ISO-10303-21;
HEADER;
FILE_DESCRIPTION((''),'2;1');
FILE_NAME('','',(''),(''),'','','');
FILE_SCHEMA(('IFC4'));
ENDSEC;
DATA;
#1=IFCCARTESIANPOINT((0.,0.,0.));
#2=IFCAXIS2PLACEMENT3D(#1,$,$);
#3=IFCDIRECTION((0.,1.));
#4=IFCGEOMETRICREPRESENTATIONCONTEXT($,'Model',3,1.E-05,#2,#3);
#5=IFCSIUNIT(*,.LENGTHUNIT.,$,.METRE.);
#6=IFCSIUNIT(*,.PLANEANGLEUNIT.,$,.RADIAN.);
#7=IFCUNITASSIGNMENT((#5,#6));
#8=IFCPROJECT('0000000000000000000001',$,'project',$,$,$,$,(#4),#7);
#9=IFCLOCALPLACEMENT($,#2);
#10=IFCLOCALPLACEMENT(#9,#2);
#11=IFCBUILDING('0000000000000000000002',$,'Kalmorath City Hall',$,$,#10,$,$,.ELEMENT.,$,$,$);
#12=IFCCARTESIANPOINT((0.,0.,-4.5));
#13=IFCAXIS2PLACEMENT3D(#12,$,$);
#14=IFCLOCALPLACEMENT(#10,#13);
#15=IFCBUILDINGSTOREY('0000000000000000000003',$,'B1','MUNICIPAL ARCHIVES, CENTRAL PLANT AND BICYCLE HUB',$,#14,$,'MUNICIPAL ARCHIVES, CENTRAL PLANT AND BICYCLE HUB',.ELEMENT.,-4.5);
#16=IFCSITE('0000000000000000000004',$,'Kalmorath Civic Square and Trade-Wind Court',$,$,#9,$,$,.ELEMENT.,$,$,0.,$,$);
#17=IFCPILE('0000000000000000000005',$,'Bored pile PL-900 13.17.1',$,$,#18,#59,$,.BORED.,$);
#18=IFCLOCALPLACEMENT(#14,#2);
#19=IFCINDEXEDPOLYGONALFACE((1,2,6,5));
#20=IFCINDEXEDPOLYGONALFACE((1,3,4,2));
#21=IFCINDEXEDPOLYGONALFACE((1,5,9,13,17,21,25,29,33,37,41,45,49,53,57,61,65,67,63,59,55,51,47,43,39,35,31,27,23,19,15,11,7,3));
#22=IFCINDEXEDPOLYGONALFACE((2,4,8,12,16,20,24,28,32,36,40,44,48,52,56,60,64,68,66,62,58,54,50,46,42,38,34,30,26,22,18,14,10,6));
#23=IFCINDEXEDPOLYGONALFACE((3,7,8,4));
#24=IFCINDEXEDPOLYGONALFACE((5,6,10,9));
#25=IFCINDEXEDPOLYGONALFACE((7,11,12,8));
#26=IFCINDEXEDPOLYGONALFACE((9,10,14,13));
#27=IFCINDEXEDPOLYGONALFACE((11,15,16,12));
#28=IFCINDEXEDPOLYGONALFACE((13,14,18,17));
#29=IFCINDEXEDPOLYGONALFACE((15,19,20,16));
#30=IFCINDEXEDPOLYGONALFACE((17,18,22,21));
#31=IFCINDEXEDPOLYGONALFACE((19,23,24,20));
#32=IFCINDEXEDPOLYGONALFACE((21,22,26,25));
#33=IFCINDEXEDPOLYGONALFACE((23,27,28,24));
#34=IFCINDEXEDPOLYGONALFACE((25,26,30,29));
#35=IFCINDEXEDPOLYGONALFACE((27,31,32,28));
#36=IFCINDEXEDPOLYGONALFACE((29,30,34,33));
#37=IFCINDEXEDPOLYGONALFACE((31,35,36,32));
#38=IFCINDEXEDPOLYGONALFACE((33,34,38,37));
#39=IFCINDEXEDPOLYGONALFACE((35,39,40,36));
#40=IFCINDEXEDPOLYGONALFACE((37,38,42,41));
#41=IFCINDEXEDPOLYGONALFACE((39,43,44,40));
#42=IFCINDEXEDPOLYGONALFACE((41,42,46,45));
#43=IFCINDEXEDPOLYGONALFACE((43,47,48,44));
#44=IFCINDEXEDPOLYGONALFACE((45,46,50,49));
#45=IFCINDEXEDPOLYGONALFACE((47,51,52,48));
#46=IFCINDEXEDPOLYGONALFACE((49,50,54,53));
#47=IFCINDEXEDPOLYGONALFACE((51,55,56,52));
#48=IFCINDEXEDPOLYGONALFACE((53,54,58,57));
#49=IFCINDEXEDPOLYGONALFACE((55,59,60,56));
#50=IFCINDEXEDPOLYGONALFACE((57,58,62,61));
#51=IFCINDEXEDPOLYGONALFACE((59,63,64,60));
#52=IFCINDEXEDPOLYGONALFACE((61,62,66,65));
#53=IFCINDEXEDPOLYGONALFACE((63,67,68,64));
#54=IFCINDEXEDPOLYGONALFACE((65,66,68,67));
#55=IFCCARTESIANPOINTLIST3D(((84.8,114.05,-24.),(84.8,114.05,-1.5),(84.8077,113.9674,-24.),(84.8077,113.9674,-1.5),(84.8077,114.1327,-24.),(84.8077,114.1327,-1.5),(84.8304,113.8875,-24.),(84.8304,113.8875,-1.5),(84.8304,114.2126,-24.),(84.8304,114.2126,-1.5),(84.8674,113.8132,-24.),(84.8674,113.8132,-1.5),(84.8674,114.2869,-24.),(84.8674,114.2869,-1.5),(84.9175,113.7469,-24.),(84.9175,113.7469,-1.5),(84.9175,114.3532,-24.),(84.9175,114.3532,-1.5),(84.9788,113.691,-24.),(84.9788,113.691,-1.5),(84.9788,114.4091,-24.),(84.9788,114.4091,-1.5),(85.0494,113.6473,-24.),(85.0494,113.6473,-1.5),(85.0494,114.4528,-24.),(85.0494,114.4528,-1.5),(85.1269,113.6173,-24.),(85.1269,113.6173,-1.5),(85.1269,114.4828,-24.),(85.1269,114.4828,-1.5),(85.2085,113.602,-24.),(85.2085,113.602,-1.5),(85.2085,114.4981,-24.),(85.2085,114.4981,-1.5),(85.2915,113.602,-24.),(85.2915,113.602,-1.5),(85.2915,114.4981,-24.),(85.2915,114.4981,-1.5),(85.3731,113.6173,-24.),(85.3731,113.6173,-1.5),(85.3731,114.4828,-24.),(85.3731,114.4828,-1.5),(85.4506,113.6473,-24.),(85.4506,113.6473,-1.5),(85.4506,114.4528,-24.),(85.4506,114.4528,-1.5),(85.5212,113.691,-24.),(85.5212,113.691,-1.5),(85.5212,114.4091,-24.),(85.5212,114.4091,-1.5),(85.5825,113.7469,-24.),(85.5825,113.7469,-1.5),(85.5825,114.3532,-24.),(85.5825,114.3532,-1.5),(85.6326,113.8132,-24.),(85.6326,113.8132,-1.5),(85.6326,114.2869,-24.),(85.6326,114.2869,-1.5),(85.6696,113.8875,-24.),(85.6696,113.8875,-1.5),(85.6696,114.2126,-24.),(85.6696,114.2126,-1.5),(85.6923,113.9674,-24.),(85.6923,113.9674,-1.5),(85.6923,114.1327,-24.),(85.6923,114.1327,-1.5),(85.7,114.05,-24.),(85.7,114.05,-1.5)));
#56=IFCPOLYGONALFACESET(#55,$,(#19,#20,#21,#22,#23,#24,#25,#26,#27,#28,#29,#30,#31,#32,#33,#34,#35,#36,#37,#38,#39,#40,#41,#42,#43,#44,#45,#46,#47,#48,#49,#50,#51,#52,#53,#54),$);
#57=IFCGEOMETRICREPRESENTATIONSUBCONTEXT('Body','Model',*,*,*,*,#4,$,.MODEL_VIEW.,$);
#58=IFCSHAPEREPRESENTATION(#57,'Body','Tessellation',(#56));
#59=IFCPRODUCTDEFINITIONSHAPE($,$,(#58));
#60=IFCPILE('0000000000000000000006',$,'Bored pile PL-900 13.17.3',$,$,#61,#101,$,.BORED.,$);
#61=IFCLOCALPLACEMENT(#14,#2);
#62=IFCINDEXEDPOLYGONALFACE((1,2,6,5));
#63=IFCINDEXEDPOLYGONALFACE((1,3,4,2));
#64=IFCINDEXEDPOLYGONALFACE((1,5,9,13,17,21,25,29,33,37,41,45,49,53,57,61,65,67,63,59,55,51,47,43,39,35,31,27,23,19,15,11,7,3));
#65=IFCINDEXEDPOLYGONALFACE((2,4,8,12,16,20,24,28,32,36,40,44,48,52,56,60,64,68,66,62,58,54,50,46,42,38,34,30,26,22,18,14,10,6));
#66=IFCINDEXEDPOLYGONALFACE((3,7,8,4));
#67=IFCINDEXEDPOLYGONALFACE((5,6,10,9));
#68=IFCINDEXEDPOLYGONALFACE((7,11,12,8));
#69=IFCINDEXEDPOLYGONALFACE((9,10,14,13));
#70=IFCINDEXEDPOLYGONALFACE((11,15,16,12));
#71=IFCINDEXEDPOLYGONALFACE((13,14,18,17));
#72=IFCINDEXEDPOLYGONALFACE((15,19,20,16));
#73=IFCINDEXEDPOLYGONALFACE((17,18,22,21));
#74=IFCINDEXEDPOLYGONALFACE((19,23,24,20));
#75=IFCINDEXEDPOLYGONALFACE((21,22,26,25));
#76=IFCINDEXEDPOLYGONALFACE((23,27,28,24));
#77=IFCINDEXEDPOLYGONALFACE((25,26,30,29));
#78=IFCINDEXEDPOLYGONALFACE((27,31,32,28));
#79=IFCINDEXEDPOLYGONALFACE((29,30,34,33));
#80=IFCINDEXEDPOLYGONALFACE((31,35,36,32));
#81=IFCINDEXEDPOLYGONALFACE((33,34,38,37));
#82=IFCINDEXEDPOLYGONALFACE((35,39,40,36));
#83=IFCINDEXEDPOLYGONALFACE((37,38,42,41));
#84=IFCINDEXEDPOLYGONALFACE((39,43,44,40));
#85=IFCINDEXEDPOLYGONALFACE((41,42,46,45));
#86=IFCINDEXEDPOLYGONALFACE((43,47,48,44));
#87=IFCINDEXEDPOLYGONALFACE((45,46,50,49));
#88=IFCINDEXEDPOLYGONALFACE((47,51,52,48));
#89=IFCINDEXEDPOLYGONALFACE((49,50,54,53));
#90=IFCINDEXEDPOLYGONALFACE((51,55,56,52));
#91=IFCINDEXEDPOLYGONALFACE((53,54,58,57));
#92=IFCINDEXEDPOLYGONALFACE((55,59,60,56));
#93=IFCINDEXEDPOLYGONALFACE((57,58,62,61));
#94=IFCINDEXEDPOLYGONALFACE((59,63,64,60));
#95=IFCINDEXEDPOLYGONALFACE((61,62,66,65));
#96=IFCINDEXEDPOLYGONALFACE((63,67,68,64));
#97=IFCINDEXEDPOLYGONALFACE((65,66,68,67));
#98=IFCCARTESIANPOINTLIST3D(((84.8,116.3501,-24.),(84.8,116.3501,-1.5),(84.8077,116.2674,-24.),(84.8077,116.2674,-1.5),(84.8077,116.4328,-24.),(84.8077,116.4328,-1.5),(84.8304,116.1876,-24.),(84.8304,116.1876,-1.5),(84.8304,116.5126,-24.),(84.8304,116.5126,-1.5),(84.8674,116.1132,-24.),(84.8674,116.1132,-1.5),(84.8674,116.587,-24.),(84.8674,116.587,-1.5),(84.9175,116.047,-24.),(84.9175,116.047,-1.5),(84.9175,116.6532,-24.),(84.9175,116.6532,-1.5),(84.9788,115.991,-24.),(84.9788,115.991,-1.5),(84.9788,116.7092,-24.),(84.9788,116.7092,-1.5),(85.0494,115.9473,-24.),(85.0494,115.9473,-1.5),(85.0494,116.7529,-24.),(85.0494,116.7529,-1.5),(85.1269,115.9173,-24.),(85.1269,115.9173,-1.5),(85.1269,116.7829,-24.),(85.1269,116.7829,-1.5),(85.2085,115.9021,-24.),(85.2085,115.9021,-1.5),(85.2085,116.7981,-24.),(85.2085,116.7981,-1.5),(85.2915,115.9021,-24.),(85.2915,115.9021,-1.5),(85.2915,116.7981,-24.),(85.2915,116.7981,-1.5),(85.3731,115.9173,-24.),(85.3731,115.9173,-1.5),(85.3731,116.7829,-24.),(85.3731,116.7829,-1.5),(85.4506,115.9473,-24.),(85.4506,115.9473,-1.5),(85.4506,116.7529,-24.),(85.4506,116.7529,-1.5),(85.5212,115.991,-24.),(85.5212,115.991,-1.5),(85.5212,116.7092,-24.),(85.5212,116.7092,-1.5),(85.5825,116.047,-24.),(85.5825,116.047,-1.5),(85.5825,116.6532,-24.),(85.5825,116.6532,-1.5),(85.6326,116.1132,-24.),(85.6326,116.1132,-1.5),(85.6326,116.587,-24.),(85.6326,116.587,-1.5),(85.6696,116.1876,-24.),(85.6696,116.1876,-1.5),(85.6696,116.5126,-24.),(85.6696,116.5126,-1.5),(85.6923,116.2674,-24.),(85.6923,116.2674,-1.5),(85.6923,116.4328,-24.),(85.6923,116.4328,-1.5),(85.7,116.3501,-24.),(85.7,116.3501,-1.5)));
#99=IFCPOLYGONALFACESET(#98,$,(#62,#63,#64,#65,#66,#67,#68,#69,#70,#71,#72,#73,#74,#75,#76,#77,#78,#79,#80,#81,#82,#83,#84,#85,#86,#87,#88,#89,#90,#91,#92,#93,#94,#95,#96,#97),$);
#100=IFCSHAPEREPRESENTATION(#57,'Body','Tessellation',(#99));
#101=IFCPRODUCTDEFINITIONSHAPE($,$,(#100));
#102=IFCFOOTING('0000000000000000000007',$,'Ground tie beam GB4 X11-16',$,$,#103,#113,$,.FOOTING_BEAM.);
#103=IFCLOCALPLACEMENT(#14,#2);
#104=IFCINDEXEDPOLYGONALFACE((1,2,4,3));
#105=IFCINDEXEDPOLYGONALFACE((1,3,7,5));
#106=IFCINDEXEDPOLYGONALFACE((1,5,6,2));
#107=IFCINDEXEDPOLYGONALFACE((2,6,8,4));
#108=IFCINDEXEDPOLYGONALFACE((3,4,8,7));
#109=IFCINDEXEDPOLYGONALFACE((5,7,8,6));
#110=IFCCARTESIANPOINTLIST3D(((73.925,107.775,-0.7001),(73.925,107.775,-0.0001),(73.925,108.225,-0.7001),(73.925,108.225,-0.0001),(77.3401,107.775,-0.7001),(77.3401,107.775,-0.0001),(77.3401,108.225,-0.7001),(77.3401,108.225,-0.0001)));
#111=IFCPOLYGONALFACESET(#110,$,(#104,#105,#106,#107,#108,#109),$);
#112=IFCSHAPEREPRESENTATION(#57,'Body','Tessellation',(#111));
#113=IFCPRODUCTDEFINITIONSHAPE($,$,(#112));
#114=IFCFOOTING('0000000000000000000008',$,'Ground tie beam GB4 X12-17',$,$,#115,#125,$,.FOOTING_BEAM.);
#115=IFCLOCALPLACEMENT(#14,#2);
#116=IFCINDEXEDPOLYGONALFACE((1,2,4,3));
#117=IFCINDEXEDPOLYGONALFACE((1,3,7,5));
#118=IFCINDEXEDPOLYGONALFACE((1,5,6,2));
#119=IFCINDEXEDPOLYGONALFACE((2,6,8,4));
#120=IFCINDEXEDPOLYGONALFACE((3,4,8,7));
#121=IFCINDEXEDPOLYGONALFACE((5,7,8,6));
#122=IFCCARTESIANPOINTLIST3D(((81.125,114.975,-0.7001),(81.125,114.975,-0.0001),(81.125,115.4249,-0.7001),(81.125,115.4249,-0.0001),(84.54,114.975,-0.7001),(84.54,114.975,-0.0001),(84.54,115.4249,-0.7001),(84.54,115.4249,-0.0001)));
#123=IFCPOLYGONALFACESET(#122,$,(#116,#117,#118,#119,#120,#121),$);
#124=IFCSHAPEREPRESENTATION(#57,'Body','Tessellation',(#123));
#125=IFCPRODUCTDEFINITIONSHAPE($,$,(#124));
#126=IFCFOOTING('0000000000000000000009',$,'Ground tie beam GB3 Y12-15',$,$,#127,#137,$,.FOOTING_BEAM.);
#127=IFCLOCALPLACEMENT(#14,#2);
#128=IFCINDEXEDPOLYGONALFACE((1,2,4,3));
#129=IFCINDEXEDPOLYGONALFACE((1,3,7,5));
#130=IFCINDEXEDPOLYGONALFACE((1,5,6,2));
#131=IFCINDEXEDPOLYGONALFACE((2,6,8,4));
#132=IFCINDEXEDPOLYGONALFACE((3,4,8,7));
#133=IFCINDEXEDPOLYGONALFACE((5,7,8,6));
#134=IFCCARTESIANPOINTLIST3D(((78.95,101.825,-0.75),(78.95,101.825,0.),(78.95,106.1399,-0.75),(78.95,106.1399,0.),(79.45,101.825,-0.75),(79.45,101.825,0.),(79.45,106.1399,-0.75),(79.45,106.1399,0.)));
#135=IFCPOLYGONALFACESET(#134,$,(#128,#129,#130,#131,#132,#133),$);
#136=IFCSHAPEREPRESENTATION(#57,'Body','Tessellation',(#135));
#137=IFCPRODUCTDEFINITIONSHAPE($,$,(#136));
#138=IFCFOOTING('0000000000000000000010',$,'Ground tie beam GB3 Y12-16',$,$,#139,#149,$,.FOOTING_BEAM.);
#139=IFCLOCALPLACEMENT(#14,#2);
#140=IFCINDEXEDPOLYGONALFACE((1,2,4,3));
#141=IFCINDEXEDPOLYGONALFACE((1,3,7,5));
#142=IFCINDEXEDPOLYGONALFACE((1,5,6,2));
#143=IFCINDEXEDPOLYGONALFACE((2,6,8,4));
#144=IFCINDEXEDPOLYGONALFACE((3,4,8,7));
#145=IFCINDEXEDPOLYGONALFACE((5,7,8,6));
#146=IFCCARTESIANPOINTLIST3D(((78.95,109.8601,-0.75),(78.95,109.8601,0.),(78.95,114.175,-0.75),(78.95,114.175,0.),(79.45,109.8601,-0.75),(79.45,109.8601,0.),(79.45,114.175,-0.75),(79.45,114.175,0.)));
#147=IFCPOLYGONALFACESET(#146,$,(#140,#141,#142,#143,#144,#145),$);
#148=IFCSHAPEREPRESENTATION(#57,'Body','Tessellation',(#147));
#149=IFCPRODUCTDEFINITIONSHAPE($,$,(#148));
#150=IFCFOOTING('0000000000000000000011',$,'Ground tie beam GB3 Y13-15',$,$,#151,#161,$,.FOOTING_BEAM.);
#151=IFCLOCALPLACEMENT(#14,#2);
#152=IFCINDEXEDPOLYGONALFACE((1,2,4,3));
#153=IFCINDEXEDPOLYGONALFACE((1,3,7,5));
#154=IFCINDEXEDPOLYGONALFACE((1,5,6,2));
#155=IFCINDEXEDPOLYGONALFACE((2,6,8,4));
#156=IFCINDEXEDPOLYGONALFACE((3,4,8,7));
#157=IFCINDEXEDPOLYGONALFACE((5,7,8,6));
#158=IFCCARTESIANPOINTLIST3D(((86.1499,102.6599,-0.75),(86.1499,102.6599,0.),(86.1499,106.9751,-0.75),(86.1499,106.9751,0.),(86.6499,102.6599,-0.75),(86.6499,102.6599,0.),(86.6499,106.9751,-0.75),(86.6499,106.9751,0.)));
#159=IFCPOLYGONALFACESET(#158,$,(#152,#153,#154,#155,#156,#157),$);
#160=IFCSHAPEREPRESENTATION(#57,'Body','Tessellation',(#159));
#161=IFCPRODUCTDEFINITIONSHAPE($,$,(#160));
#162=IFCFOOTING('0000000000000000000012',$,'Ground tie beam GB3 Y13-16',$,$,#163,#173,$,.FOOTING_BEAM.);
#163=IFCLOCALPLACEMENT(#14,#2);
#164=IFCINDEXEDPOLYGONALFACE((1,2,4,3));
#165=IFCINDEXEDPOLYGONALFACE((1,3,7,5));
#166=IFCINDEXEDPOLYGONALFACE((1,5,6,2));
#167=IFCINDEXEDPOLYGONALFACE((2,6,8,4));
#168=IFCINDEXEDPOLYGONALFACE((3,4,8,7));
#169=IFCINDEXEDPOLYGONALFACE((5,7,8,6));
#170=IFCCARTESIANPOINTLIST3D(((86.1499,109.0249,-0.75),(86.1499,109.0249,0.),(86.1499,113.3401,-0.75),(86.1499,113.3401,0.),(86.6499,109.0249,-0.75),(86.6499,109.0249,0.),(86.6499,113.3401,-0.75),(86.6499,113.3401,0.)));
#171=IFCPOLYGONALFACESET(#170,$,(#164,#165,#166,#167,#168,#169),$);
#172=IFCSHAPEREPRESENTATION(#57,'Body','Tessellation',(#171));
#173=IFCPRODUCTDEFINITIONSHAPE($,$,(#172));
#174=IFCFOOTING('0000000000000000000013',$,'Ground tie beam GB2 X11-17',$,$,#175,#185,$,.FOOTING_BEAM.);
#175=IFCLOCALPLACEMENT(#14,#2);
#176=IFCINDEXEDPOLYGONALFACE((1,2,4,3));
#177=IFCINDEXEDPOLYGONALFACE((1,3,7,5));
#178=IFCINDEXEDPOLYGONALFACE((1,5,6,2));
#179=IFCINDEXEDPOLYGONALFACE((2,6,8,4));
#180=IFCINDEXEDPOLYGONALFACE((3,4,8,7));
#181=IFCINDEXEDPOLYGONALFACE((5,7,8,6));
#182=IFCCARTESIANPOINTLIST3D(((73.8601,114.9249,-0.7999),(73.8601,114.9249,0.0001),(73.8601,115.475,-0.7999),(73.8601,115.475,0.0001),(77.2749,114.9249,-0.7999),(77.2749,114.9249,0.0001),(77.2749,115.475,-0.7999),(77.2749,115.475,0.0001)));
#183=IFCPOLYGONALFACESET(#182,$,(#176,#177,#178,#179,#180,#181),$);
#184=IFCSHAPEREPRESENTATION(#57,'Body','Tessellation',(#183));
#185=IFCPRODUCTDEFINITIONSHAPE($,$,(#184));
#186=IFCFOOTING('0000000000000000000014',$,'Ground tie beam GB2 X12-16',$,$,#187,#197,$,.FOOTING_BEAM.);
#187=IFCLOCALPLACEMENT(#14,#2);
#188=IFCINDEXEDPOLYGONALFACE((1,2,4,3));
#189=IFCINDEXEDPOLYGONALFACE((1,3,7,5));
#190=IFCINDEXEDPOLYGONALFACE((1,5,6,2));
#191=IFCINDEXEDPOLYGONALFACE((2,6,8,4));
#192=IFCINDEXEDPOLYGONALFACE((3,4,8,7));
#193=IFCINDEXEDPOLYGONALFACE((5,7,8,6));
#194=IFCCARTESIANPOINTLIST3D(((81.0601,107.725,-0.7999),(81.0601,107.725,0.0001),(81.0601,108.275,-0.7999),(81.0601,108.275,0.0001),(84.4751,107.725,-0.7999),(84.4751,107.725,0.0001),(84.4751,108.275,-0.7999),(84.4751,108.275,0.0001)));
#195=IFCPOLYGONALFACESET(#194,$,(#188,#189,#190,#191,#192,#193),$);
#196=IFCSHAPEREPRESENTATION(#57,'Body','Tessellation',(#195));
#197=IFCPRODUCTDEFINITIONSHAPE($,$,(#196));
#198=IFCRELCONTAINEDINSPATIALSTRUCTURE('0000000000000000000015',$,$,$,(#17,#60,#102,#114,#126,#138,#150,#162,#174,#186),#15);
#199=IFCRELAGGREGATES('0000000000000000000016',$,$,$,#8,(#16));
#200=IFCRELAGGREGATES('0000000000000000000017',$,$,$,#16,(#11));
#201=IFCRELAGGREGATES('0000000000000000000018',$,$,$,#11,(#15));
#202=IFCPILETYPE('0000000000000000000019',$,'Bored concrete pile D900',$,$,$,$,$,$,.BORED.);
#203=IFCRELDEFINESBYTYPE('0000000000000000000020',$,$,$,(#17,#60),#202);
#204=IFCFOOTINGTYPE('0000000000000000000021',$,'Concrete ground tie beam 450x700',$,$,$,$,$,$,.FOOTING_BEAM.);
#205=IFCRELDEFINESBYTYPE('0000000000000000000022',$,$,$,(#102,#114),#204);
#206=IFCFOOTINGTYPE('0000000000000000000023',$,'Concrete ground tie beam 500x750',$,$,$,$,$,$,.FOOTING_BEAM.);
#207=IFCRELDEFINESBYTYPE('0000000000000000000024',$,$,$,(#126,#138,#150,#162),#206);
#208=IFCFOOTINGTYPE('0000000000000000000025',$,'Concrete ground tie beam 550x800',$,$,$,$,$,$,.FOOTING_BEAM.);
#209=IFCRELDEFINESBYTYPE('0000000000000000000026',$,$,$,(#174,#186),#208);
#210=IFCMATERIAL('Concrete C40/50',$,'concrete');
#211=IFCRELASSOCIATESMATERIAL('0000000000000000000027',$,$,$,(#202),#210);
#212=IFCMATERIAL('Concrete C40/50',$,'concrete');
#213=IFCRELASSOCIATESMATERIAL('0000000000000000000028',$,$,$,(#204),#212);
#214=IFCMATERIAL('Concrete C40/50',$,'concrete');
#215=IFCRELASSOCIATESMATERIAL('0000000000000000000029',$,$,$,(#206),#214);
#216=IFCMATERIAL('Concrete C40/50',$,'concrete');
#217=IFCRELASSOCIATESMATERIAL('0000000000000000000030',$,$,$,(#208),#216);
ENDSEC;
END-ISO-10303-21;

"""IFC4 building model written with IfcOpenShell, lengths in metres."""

from ifc_helpers import new_model, si_unit, direction, frame, origin, origin_2d, place, context, subcontext, project, spatial, rectangle, circle, extrude, material, material_profile, profile_set, type_object, element, save


model = new_model("IFC4")

# Units and contexts
model_context = context("Model", 3, precision=1e-05, world=origin(), true_north=direction((0.0, 1.0)))
body_context = subcontext(model_context, "Body", "Model", "MODEL_VIEW")
ifc_project = project(units=[si_unit("LENGTHUNIT", "METRE"), si_unit("PLANEANGLEUNIT", "RADIAN")], contexts=[model_context])

# Site, building, storey
site_placement = place(None, origin())
site = spatial("IfcSite", under=ifc_project, at=site_placement, Name="Kalmorath Civic Square and Trade-Wind Court", CompositionType="ELEMENT", RefElevation=0.0)
building_placement = place(site_placement, origin())
building = spatial("IfcBuilding", under=site, at=building_placement, Name="Kalmorath City Hall", CompositionType="ELEMENT")
storey_placement = place(building_placement, frame((0.0, 0.0, -4.5)))
storey = spatial("IfcBuildingStorey", under=building, at=storey_placement, Name="B1", Description="MUNICIPAL ARCHIVES, CENTRAL PLANT AND BICYCLE HUB", LongName="MUNICIPAL ARCHIVES, CENTRAL PLANT AND BICYCLE HUB", CompositionType="ELEMENT", Elevation=-4.5)

# Piles
ifc_material_1 = material(Name="Concrete C40/50", Category="concrete")
ifc_material_profile_1 = material_profile(ifc_material_1, circle(Radius=0.45, at=origin_2d()), Name="PILE-D900")
ifc_profile_set_1 = profile_set([ifc_material_profile_1], Name="Concrete C40/50")
pile_type = type_object("IfcPileType", Name="Bored concrete pile D900", PredefinedType="BORED", material=ifc_profile_set_1)
for number, where, z_axis, x_axis, name in (
    (1, (85.25, 114.05, -1.5), (0.0, 0.0, -1.0), (1.0, 0.0, 0.0), "Bored pile PL-900 13.17.1"),
    (2, (85.25, 116.3501, -1.5), (0.0, 0.0, -1.0), (1.0, 0.0, 0.0), "Bored pile PL-900 13.17.3"),
):
    element("IfcPile", number, at=place(storey_placement, frame(where, z_axis=z_axis, x_axis=x_axis)), inside=storey, type_object=pile_type, Name=name, PredefinedType="BORED", context=body_context, shape_type="SweptSolid", body=[
        extrude(circle(Radius=0.45, at=origin_2d()), origin(), (0.0, 0.0, 1.0), 22.5),
    ])

# Footings
ifc_material_2 = material(Name="Concrete C40/50", Category="concrete")
ifc_material_profile_2 = material_profile(ifc_material_2, rectangle(XDim=0.45, YDim=0.7, at=origin_2d()), Name="RC-BM-450X700")
ifc_profile_set_2 = profile_set([ifc_material_profile_2], Name="Concrete C40/50")
footing_type_1 = type_object("IfcFootingType", Name="Concrete ground tie beam 450x700", PredefinedType="FOOTING_BEAM", material=ifc_profile_set_2)
for number, where, z_axis, x_axis, name in (
    (3, (73.925, 108.0, -0.3501), (1.0, 0.0, 0.0), (0.0, 1.0, 0.0), "Ground tie beam GB4 X11-16"),
    (4, (81.125, 115.2, -0.3501), (1.0, 0.0, 0.0), (0.0, 1.0, 0.0), "Ground tie beam GB4 X12-17"),
):
    element("IfcFooting", number, at=place(storey_placement, frame(where, z_axis=z_axis, x_axis=x_axis)), inside=storey, type_object=footing_type_1, Name=name, PredefinedType="FOOTING_BEAM", context=body_context, shape_type="SweptSolid", body=[
        extrude(rectangle(XDim=0.45, YDim=0.7, at=origin_2d()), origin(), (0.0, 0.0, 1.0), 3.415),
    ])
ifc_material_3 = material(Name="Concrete C40/50", Category="concrete")
ifc_material_profile_3 = material_profile(ifc_material_3, rectangle(XDim=0.5, YDim=0.75, at=origin_2d()), Name="RC-BM-500X750")
ifc_profile_set_3 = profile_set([ifc_material_profile_3], Name="Concrete C40/50")
footing_type_2 = type_object("IfcFootingType", Name="Concrete ground tie beam 500x750", PredefinedType="FOOTING_BEAM", material=ifc_profile_set_3)
for number, where, z_axis, x_axis, name in (
    (5, (79.2, 101.825, -0.375), (0.0, 1.0, 0.0), (-1.0, 0.0, 0.0), "Ground tie beam GB3 Y12-15"),
    (6, (79.2, 109.8601, -0.375), (0.0, 1.0, 0.0), (-1.0, 0.0, 0.0), "Ground tie beam GB3 Y12-16"),
):
    element("IfcFooting", number, at=place(storey_placement, frame(where, z_axis=z_axis, x_axis=x_axis)), inside=storey, type_object=footing_type_2, Name=name, PredefinedType="FOOTING_BEAM", context=body_context, shape_type="SweptSolid", body=[
        extrude(rectangle(XDim=0.5, YDim=0.75, at=origin_2d()), origin(), (0.0, 0.0, 1.0), 4.3149),
    ])
for number, where, z_axis, x_axis, name in (
    (7, (86.3999, 102.6599, -0.375), (0.0, 1.0, 0.0), (-1.0, 0.0, 0.0), "Ground tie beam GB3 Y13-15"),
    (8, (86.3999, 109.0249, -0.375), (0.0, 1.0, 0.0), (-1.0, 0.0, 0.0), "Ground tie beam GB3 Y13-16"),
):
    element("IfcFooting", number, at=place(storey_placement, frame(where, z_axis=z_axis, x_axis=x_axis)), inside=storey, type_object=footing_type_2, Name=name, PredefinedType="FOOTING_BEAM", context=body_context, shape_type="SweptSolid", body=[
        extrude(rectangle(XDim=0.5, YDim=0.75, at=origin_2d()), origin(), (0.0, 0.0, 1.0), 4.3152),
    ])
ifc_material_4 = material(Name="Concrete C40/50", Category="concrete")
ifc_material_profile_4 = material_profile(ifc_material_4, rectangle(XDim=0.55, YDim=0.8, at=origin_2d()), Name="RC-BM-550X800")
ifc_profile_set_4 = profile_set([ifc_material_profile_4], Name="Concrete C40/50")
footing_type_3 = type_object("IfcFootingType", Name="Concrete ground tie beam 550x800", PredefinedType="FOOTING_BEAM", material=ifc_profile_set_4)
footing_1_placement = place(storey_placement, frame((73.8601, 115.2, -0.3999), z_axis=(1.0, 0.0, 0.0), x_axis=(0.0, 1.0, 0.0)))
element("IfcFooting", 9, at=footing_1_placement, inside=storey, type_object=footing_type_3, Name="Ground tie beam GB2 X11-17", PredefinedType="FOOTING_BEAM", context=body_context, shape_type="SweptSolid", body=[
    extrude(rectangle(XDim=0.55, YDim=0.8, at=origin_2d()), origin(), (0.0, 0.0, 1.0), 3.4148),
])
footing_2_placement = place(storey_placement, frame((81.0601, 108.0, -0.3999), z_axis=(1.0, 0.0, 0.0), x_axis=(0.0, 1.0, 0.0)))
element("IfcFooting", 10, at=footing_2_placement, inside=storey, type_object=footing_type_3, Name="Ground tie beam GB2 X12-16", PredefinedType="FOOTING_BEAM", context=body_context, shape_type="SweptSolid", body=[
    extrude(rectangle(XDim=0.55, YDim=0.8, at=origin_2d()), origin(), (0.0, 0.0, 1.0), 3.415),
])

save(model, "model.ifc")
